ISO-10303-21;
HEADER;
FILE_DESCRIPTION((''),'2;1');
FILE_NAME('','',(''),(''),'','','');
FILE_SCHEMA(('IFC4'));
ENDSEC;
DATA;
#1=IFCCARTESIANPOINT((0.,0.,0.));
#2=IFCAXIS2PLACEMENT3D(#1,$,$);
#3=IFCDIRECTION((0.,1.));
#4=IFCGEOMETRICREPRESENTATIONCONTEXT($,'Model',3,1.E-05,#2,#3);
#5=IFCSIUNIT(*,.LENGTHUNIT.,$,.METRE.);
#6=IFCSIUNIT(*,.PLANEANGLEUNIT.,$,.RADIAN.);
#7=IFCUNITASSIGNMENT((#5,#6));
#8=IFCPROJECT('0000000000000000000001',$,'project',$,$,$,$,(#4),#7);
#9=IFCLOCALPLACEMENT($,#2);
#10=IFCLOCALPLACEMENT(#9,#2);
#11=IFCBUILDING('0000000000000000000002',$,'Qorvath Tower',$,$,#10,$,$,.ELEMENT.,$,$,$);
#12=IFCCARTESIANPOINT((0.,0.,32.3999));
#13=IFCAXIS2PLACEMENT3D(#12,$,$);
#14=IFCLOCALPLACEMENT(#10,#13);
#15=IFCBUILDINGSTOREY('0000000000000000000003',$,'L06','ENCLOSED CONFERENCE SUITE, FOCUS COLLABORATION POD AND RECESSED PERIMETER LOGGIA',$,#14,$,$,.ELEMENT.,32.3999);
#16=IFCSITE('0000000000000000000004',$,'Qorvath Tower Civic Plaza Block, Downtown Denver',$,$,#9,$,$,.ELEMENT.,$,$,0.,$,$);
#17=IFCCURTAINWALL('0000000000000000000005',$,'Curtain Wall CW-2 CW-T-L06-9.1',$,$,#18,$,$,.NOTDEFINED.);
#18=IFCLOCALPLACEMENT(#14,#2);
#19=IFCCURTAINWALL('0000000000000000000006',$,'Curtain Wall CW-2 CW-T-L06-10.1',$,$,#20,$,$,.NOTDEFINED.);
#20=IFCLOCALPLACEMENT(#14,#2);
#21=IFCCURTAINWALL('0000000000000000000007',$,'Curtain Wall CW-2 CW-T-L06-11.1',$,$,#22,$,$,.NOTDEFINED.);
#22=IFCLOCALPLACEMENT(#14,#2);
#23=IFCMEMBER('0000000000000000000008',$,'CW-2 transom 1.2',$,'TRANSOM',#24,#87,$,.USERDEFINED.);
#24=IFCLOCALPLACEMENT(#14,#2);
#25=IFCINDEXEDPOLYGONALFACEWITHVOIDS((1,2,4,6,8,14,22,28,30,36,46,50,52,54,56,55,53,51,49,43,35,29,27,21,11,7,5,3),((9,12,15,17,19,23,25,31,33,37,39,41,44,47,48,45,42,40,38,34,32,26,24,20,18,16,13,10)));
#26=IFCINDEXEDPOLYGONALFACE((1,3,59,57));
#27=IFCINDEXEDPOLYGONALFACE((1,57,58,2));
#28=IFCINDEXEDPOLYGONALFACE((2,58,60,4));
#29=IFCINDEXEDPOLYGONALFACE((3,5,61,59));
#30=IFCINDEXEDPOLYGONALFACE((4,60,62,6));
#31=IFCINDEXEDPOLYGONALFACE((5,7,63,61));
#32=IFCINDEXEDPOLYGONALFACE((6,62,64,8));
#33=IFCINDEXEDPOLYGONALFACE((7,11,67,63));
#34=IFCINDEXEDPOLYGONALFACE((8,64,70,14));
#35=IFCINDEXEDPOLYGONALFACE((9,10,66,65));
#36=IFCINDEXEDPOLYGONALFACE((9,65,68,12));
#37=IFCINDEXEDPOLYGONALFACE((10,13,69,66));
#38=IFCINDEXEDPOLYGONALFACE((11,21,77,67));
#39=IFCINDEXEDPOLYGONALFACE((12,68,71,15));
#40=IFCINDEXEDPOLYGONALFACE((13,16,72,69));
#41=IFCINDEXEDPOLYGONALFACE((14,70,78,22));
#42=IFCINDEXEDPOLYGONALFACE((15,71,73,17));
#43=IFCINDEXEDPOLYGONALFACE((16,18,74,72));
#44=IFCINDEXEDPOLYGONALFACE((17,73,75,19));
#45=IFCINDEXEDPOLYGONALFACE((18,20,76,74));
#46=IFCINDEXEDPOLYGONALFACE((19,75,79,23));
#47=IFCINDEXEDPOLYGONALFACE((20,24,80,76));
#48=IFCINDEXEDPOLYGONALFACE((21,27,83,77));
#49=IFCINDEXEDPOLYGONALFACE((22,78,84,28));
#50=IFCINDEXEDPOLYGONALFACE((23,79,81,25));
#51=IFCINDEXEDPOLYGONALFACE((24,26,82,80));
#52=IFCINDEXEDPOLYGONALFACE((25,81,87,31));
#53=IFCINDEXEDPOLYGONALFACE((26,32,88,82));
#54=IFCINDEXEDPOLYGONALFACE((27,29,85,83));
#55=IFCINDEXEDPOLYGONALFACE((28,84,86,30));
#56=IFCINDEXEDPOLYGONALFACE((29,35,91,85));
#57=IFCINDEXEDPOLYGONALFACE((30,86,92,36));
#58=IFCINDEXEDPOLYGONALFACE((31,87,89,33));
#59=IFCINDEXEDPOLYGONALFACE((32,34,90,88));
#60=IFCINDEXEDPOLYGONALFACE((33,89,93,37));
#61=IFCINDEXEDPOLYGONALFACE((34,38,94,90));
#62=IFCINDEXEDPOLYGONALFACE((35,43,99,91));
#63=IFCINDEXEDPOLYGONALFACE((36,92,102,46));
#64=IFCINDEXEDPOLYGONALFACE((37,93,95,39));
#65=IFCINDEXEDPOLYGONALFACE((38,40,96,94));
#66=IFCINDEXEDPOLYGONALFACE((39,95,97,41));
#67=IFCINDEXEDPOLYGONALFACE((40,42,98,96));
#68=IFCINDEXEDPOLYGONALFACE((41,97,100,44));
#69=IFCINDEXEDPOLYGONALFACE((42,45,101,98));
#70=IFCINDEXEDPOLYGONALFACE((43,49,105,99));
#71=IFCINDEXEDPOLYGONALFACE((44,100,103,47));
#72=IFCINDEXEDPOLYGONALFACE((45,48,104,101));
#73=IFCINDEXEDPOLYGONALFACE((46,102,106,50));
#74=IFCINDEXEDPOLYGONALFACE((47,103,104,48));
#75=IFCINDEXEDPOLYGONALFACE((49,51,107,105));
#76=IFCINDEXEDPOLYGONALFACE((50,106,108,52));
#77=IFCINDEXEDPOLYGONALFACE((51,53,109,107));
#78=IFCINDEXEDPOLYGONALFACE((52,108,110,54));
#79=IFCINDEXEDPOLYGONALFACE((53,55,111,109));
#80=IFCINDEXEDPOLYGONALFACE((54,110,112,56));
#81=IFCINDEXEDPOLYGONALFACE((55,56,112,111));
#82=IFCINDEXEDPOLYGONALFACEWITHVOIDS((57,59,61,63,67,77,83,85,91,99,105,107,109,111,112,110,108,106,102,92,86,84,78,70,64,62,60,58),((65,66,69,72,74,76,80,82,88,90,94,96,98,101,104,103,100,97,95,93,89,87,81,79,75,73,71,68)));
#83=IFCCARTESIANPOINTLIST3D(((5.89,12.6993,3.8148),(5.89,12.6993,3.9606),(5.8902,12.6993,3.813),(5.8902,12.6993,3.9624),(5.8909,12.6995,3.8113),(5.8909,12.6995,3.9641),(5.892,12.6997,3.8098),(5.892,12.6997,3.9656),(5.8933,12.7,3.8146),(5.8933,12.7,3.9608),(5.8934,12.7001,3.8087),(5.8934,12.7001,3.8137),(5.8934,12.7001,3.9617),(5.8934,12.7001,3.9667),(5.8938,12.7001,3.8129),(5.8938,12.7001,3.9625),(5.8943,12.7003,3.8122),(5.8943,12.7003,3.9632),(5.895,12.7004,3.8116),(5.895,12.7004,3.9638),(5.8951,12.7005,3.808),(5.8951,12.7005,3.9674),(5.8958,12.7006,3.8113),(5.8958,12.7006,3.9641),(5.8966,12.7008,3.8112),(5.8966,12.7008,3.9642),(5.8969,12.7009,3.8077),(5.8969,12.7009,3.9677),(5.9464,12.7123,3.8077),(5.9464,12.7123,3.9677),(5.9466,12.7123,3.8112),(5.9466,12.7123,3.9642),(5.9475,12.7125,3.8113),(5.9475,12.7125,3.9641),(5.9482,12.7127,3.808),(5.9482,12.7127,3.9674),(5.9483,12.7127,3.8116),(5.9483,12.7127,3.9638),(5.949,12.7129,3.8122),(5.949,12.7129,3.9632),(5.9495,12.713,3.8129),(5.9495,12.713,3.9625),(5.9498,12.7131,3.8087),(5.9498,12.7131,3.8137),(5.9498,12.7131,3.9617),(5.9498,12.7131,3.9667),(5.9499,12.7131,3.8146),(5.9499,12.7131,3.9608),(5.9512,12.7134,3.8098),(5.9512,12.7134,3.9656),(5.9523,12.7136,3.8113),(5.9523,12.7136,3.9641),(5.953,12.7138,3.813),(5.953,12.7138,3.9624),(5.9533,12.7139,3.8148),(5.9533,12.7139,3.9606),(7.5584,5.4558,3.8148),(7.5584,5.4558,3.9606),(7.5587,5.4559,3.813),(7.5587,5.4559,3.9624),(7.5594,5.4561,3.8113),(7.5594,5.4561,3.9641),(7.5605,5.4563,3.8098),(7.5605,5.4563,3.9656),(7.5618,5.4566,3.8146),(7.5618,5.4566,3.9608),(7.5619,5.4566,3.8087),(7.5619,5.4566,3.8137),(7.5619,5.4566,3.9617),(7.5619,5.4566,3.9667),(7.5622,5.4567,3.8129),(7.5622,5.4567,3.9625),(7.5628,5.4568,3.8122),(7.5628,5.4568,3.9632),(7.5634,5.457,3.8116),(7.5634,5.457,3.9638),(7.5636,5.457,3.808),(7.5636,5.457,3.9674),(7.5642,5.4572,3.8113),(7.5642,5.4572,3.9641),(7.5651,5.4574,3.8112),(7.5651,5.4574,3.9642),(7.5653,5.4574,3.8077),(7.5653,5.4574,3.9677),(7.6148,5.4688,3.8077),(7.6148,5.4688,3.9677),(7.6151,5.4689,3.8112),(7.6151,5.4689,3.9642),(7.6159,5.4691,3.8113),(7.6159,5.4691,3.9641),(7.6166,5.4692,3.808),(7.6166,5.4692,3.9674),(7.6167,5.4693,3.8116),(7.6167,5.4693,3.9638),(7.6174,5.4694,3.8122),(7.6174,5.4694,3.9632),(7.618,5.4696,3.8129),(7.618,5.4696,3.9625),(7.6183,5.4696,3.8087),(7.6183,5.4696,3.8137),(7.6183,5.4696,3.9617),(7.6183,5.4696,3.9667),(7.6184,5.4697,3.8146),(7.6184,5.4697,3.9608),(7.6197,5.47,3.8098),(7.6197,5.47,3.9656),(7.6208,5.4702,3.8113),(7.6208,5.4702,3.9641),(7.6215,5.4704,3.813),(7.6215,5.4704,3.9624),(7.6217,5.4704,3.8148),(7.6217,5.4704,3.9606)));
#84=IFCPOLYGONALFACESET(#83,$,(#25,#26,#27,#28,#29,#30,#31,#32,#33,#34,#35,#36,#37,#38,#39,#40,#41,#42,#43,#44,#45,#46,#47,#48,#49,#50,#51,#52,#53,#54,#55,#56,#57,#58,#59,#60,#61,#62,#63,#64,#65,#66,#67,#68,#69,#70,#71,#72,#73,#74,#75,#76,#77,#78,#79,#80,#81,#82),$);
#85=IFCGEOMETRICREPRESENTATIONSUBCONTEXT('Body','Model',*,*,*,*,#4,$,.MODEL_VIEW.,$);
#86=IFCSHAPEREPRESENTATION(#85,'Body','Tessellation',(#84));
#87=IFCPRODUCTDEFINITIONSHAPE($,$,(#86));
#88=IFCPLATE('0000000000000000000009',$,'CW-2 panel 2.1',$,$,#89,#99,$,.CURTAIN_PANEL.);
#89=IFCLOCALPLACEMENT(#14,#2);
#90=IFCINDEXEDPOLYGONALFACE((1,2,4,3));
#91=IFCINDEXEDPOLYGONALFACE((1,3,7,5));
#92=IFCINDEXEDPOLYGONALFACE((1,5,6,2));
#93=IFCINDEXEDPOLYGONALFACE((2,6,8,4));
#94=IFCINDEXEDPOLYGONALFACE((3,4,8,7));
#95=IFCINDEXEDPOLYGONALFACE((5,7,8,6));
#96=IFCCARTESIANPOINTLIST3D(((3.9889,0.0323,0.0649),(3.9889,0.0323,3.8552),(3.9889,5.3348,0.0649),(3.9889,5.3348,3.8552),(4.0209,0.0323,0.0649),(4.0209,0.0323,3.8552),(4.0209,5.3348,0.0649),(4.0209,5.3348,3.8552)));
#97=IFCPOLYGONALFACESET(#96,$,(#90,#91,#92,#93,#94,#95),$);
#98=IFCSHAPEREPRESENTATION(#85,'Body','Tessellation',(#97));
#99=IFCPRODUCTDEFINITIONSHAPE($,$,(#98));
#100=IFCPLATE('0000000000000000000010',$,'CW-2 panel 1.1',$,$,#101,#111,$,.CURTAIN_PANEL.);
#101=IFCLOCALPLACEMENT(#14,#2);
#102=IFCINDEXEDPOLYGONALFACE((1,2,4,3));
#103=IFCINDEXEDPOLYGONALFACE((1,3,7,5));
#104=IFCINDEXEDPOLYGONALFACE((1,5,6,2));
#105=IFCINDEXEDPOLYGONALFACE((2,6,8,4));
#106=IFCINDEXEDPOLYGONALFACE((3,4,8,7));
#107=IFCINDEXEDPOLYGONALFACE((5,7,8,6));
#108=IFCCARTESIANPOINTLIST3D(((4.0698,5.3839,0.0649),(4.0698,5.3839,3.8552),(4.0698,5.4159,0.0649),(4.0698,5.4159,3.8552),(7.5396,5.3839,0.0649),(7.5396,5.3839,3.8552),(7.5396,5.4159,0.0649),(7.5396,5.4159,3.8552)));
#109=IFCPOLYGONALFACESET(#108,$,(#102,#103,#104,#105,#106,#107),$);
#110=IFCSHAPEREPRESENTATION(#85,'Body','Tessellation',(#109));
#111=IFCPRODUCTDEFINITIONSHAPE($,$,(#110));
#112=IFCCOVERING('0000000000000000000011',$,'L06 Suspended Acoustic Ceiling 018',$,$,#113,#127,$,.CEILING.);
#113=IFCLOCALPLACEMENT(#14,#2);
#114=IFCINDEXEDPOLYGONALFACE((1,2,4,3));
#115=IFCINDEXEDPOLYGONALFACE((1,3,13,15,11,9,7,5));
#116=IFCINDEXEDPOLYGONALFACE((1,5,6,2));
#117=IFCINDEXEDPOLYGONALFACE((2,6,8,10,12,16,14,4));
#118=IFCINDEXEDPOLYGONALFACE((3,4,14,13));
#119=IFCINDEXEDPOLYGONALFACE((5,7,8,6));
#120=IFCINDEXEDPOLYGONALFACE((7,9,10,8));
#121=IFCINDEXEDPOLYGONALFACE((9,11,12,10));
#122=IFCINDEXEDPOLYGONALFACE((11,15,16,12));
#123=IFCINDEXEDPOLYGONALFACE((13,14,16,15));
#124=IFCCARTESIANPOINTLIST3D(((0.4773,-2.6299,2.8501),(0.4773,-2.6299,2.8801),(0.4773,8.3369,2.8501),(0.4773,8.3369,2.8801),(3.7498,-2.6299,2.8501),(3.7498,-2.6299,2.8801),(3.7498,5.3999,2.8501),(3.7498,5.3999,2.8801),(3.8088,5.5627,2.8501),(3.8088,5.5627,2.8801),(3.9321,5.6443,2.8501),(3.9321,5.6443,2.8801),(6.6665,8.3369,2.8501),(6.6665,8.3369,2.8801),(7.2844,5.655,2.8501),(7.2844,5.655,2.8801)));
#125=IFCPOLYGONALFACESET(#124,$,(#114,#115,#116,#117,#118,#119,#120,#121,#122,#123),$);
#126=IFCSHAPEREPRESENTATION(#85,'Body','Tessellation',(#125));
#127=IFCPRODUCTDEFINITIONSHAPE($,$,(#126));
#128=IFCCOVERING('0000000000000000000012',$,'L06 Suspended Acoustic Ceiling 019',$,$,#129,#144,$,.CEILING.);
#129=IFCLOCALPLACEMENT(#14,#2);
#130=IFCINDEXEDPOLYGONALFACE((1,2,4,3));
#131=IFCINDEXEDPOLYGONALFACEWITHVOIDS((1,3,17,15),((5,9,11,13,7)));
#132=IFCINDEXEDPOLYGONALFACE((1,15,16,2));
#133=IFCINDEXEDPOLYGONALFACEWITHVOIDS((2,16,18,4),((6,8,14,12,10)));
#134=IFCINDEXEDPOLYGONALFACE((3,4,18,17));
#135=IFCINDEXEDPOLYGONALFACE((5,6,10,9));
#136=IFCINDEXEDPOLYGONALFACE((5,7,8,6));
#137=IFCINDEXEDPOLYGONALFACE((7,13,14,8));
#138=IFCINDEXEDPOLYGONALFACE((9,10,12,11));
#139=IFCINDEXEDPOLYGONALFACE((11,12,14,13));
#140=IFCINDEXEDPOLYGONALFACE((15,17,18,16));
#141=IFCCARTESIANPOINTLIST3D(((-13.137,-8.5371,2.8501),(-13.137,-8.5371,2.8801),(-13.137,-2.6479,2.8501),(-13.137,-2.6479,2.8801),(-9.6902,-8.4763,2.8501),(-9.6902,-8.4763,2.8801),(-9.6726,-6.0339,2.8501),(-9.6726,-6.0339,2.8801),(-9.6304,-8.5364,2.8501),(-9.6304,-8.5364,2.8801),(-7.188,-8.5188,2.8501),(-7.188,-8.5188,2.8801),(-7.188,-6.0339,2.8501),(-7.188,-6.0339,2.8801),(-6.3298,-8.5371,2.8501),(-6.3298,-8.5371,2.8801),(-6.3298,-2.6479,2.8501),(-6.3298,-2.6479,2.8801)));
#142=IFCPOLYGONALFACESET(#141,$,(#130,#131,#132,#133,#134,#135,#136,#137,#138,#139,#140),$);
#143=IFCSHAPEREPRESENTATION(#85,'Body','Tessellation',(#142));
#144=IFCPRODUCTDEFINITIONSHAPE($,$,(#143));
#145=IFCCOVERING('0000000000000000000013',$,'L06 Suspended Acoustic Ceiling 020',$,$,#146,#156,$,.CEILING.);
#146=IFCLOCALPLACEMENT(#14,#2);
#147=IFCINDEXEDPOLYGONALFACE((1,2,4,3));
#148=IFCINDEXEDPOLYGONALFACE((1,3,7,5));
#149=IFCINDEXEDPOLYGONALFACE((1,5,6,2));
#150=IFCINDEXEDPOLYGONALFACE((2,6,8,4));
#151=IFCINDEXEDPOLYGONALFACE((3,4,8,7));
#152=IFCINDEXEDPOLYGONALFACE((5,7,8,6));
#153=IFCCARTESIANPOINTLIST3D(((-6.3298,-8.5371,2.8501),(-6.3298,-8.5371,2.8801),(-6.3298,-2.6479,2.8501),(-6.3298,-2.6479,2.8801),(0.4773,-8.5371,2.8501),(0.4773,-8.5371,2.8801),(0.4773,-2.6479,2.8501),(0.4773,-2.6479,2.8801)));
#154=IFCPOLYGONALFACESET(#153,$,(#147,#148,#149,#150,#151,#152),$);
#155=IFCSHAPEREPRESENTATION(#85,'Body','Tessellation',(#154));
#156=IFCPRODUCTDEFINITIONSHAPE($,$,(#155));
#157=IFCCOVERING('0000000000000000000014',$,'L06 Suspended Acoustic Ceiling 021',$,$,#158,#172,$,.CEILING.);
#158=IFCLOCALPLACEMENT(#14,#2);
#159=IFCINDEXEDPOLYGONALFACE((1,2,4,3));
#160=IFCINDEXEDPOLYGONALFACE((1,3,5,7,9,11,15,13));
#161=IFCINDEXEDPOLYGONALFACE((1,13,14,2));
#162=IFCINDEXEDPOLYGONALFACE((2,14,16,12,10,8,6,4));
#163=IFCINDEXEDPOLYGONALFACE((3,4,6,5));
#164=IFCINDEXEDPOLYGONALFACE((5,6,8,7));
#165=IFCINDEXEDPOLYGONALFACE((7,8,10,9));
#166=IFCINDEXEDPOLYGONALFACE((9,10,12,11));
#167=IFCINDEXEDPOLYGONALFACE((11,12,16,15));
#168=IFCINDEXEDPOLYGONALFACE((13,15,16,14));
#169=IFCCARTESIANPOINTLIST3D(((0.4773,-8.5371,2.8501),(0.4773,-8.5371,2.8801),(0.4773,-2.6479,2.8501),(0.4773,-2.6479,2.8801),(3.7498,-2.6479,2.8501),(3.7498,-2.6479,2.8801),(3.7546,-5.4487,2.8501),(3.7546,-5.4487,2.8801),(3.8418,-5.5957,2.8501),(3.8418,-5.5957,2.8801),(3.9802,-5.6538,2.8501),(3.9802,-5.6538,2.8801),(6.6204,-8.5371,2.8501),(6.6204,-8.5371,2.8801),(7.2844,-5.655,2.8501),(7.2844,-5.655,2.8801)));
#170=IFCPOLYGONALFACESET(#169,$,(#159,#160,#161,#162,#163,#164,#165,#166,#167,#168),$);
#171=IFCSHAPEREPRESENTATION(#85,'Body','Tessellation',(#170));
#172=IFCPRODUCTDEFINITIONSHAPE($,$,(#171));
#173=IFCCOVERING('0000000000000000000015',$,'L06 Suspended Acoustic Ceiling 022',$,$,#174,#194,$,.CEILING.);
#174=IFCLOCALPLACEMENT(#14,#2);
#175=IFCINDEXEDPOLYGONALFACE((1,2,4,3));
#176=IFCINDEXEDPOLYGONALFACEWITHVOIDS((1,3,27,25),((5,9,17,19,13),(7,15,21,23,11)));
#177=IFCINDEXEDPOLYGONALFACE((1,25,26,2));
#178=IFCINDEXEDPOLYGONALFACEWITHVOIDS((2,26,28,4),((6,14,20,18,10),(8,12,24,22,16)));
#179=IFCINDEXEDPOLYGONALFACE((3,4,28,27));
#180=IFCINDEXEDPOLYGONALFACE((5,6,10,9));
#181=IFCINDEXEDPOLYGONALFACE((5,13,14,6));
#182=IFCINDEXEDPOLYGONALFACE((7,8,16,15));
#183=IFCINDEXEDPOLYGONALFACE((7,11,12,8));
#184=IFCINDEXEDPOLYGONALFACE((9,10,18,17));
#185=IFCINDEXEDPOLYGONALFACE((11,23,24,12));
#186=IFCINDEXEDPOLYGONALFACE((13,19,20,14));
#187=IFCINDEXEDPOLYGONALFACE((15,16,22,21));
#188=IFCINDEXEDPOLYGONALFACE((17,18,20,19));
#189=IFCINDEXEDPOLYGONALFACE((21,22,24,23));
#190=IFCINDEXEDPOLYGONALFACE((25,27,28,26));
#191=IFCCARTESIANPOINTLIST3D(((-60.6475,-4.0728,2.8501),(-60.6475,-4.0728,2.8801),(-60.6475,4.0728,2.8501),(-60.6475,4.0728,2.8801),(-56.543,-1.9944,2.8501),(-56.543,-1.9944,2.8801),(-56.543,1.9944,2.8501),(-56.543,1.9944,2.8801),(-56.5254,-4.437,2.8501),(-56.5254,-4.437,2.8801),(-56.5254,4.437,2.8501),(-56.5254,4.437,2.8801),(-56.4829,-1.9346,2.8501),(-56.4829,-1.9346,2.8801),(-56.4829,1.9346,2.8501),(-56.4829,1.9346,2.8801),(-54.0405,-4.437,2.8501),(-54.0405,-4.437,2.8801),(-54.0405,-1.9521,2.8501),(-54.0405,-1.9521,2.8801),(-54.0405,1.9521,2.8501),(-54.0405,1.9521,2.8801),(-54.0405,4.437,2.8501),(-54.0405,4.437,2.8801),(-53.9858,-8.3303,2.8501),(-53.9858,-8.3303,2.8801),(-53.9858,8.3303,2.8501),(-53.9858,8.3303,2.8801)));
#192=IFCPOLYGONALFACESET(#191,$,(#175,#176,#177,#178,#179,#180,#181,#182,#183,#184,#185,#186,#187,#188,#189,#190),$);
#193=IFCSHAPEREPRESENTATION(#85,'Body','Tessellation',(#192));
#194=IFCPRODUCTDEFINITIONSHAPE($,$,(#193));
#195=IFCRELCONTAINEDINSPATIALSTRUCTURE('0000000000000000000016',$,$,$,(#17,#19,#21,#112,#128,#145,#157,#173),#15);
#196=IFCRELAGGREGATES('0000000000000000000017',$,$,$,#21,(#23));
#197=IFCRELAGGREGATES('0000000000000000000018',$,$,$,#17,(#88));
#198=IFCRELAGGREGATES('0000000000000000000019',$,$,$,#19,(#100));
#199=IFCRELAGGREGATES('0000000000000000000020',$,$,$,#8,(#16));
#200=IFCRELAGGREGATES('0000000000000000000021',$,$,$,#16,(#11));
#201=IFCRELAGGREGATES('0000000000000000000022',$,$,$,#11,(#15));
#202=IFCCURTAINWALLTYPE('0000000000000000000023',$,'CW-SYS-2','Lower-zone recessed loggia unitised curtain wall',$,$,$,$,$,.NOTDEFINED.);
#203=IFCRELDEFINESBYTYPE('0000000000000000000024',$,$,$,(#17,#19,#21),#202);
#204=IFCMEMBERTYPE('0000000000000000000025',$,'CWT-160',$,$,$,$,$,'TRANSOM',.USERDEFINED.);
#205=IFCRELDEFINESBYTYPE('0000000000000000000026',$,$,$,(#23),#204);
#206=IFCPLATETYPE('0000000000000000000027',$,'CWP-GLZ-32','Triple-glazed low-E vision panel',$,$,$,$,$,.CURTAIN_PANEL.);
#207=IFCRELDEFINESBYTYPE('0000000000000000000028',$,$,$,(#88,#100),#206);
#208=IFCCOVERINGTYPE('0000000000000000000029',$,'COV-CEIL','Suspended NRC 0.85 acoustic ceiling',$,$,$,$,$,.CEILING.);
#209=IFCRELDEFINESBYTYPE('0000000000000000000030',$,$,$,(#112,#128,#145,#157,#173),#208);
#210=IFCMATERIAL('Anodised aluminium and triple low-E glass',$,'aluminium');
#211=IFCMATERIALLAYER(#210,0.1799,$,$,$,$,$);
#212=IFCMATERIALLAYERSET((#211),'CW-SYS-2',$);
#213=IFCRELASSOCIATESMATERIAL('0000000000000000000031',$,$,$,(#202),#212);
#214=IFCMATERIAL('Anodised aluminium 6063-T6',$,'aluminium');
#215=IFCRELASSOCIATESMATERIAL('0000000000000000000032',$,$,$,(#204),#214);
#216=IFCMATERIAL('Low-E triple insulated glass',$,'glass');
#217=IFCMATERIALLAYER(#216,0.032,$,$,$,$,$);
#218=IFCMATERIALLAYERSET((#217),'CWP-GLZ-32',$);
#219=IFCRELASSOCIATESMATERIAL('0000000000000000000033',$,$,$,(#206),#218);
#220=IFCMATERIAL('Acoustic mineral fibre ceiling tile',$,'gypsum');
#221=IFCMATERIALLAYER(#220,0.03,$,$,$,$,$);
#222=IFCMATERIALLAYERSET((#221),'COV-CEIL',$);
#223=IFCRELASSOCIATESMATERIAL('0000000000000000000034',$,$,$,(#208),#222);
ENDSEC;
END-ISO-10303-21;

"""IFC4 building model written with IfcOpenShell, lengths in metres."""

from ifc_helpers import new_model, si_unit, direction, frame, origin, origin_2d, place, context, subcontext, project, spatial, polyline, rectangle, hollow_rectangle, outline, extrude, material, layer, layer_set, material_profile, profile_set, type_object, element, aggregate, save


model = new_model("IFC4")

# Units and contexts
model_context = context("Model", 3, precision=1e-05, world=origin(), true_north=direction((0.0, 1.0)))
body_context = subcontext(model_context, "Body", "Model", "MODEL_VIEW")
ifc_project = project(units=[si_unit("LENGTHUNIT", "METRE"), si_unit("PLANEANGLEUNIT", "RADIAN")], contexts=[model_context])

# Site, building, storey
site_placement = place(None, origin())
site = spatial("IfcSite", under=ifc_project, at=site_placement, Name="Qorvath Tower Civic Plaza Block, Downtown Denver", CompositionType="ELEMENT", RefElevation=0.0)
building_placement = place(site_placement, origin())
building = spatial("IfcBuilding", under=site, at=building_placement, Name="Qorvath Tower", CompositionType="ELEMENT")
storey_placement = place(building_placement, frame((0.0, 0.0, 32.3999)))
storey = spatial("IfcBuildingStorey", under=building, at=storey_placement, Name="L06", Description="ENCLOSED CONFERENCE SUITE, FOCUS COLLABORATION POD AND RECESSED PERIMETER LOGGIA", CompositionType="ELEMENT", Elevation=32.3999)

# Curtain walls
ifc_material_1 = material(Name="Anodised aluminium and triple low-E glass", Category="aluminium")
ifc_layer_1 = layer(ifc_material_1, 0.1799)
ifc_layer_set_1 = layer_set([ifc_layer_1], Name="CW-SYS-2")
curtain_wall_type = type_object("IfcCurtainWallType", Name="CW-SYS-2", Description="Lower-zone recessed loggia unitised curtain wall", PredefinedType="NOTDEFINED", material=ifc_layer_set_1)
curtain_wall_1_placement = place(storey_placement, origin())
curtain_wall_1 = element("IfcCurtainWall", 1, at=curtain_wall_1_placement, inside=storey, type_object=curtain_wall_type, Name="Curtain Wall CW-2 CW-T-L06-9.1", PredefinedType="NOTDEFINED")
curtain_wall_2_placement = place(storey_placement, origin())
curtain_wall_2 = element("IfcCurtainWall", 2, at=curtain_wall_2_placement, inside=storey, type_object=curtain_wall_type, Name="Curtain Wall CW-2 CW-T-L06-10.1", PredefinedType="NOTDEFINED")

# Curtain wall
curtain_wall_3_placement = place(storey_placement, origin())
curtain_wall_3 = element("IfcCurtainWall", 3, at=curtain_wall_3_placement, inside=storey, type_object=curtain_wall_type, Name="Curtain Wall CW-2 CW-T-L06-11.1", PredefinedType="NOTDEFINED")

# Member
ifc_material_2 = material(Name="Anodised aluminium 6063-T6", Category="aluminium")
ifc_material_profile_1 = material_profile(ifc_material_2, hollow_rectangle(XDim=0.0649, YDim=0.1599, WallThickness=0.0034, InnerFilletRadius=0.0034, OuterFilletRadius=0.0071, at=origin_2d()), Name="CWT 160x65")
ifc_profile_set_1 = profile_set([ifc_material_profile_1], Name="Anodised aluminium 6063-T6")
member_type_1 = type_object("IfcMemberType", Name="CWT-160", ElementType="TRANSOM", PredefinedType="USERDEFINED", material=ifc_profile_set_1)
member_1_placement = place(storey_placement, frame((7.5901, 5.4631, 3.8877), z_axis=(-0.224464, 0.974482, 0.0), x_axis=(-0.974482, -0.224464, 0.0)))
member_1 = element("IfcMember", 4, at=member_1_placement, type_object=member_type_1, Name="CW-2 transom 1.2", ObjectType="TRANSOM", PredefinedType="USERDEFINED", context=body_context, shape_type="SweptSolid", body=[
    extrude(hollow_rectangle(XDim=0.0649, YDim=0.1599, WallThickness=0.0034, InnerFilletRadius=0.0034, OuterFilletRadius=0.0071, at=origin_2d()), origin(), (0.0, 0.0, 1.0), 7.4331),
])
aggregate(curtain_wall_3, [member_1])

# Plates
ifc_material_3 = material(Name="Low-E triple insulated glass", Category="glass")
ifc_layer_2 = layer(ifc_material_3, 0.032)
ifc_layer_set_2 = layer_set([ifc_layer_2], Name="CWP-GLZ-32")
plate_type = type_object("IfcPlateType", Name="CWP-GLZ-32", Description="Triple-glazed low-E vision panel", PredefinedType="CURTAIN_PANEL", material=ifc_layer_set_2)
plate_1_placement = place(storey_placement, frame((4.0049, 2.6836, 0.0649), z_axis=(0.0, 0.0, 1.0), x_axis=(0.0, 1.0, 0.0)))
plate_1 = element("IfcPlate", 5, at=plate_1_placement, type_object=plate_type, Name="CW-2 panel 2.1", PredefinedType="CURTAIN_PANEL", context=body_context, shape_type="SweptSolid", body=[
    extrude(rectangle(XDim=5.3025, YDim=0.032, at=origin_2d()), origin(), (0.0, 0.0, 1.0), 3.7903),
])
aggregate(curtain_wall_1, [plate_1])
plate_2_placement = place(storey_placement, frame((5.8047, 5.3999, 0.0649), z_axis=(0.0, 0.0, 1.0), x_axis=(1.0, 0.0, 0.0)))
plate_2 = element("IfcPlate", 6, at=plate_2_placement, type_object=plate_type, Name="CW-2 panel 1.1", PredefinedType="CURTAIN_PANEL", context=body_context, shape_type="SweptSolid", body=[
    extrude(rectangle(XDim=3.4697, YDim=0.032, at=origin_2d()), origin(), (0.0, 0.0, 1.0), 3.7903),
])
aggregate(curtain_wall_2, [plate_2])

# Coverings
ifc_material_4 = material(Name="Acoustic mineral fibre ceiling tile", Category="gypsum")
ifc_layer_3 = layer(ifc_material_4, 0.03)
ifc_layer_set_3 = layer_set([ifc_layer_3], Name="COV-CEIL")
covering_type_1 = type_object("IfcCoveringType", Name="COV-CEIL", Description="Suspended NRC 0.85 acoustic ceiling", PredefinedType="CEILING", material=ifc_layer_set_3)
covering_1_placement = place(storey_placement, frame((0.0, 0.0, 2.8501)))
element("IfcCovering", 7, at=covering_1_placement, inside=storey, type_object=covering_type_1, Name="L06 Suspended Acoustic Ceiling 018", PredefinedType="CEILING", context=body_context, shape_type="SweptSolid", body=[
    extrude(outline(polyline([(3.8088, 5.5627), (3.9321, 5.6443), (7.2844, 5.655), (6.6665, 8.3369), (0.4773, 8.3369), (0.4773, -2.6299), (3.7498, -2.6299), (3.7498, 5.3999), (3.8088, 5.5627)])), origin(), (0.0, 0.0, 1.0), 0.03),
])
covering_2_placement = place(storey_placement, frame((0.0, 0.0, 2.8501)))
element("IfcCovering", 8, at=covering_2_placement, inside=storey, type_object=covering_type_1, Name="L06 Suspended Acoustic Ceiling 019", PredefinedType="CEILING", context=body_context, shape_type="SweptSolid", body=[
    extrude(outline(polyline([(-6.3298, -8.5371), (-6.3298, -2.6479), (-13.137, -2.6479), (-13.137, -8.5371), (-6.3298, -8.5371)]), holes=[polyline([(-9.6902, -8.4763), (-9.6726, -6.0339), (-7.188, -6.0339), (-7.188, -8.5188), (-9.6304, -8.5364), (-9.6902, -8.4763)])]), origin(), (0.0, 0.0, 1.0), 0.03),
])
covering_3_placement = place(storey_placement, frame((0.0, 0.0, 2.8501)))
element("IfcCovering", 9, at=covering_3_placement, inside=storey, type_object=covering_type_1, Name="L06 Suspended Acoustic Ceiling 020", PredefinedType="CEILING", context=body_context, shape_type="SweptSolid", body=[
    extrude(outline(polyline([(0.4773, -8.5371), (0.4773, -2.6479), (-6.3298, -2.6479), (-6.3298, -8.5371), (0.4773, -8.5371)])), origin(), (0.0, 0.0, 1.0), 0.03),
])
covering_4_placement = place(storey_placement, frame((0.0, 0.0, 2.8501)))
element("IfcCovering", 10, at=covering_4_placement, inside=storey, type_object=covering_type_1, Name="L06 Suspended Acoustic Ceiling 021", PredefinedType="CEILING", context=body_context, shape_type="SweptSolid", body=[
    extrude(outline(polyline([(3.8418, -5.5957), (3.7546, -5.4487), (3.7498, -2.6479), (0.4773, -2.6479), (0.4773, -8.5371), (6.6204, -8.5371), (7.2844, -5.655), (3.9802, -5.6538), (3.8418, -5.5957)])), origin(), (0.0, 0.0, 1.0), 0.03),
])
covering_5_placement = place(storey_placement, frame((0.0, 0.0, 2.8501)))
element("IfcCovering", 11, at=covering_5_placement, inside=storey, type_object=covering_type_1, Name="L06 Suspended Acoustic Ceiling 022", PredefinedType="CEILING", context=body_context, shape_type="SweptSolid", body=[
    extrude(outline(polyline([(-53.9858, -8.3303), (-53.9858, 8.3303), (-60.6475, 4.0728), (-60.6475, -4.0728), (-53.9858, -8.3303)]), holes=[polyline([(-56.543, -1.9944), (-56.4829, -1.9346), (-54.0405, -1.9521), (-54.0405, -4.437), (-56.5254, -4.437), (-56.543, -1.9944)]), polyline([(-56.543, 1.9944), (-56.5254, 4.437), (-54.0405, 4.437), (-54.0405, 1.9521), (-56.4829, 1.9346), (-56.543, 1.9944)])]), origin(), (0.0, 0.0, 1.0), 0.03),
])

save(model, "model.ifc")
